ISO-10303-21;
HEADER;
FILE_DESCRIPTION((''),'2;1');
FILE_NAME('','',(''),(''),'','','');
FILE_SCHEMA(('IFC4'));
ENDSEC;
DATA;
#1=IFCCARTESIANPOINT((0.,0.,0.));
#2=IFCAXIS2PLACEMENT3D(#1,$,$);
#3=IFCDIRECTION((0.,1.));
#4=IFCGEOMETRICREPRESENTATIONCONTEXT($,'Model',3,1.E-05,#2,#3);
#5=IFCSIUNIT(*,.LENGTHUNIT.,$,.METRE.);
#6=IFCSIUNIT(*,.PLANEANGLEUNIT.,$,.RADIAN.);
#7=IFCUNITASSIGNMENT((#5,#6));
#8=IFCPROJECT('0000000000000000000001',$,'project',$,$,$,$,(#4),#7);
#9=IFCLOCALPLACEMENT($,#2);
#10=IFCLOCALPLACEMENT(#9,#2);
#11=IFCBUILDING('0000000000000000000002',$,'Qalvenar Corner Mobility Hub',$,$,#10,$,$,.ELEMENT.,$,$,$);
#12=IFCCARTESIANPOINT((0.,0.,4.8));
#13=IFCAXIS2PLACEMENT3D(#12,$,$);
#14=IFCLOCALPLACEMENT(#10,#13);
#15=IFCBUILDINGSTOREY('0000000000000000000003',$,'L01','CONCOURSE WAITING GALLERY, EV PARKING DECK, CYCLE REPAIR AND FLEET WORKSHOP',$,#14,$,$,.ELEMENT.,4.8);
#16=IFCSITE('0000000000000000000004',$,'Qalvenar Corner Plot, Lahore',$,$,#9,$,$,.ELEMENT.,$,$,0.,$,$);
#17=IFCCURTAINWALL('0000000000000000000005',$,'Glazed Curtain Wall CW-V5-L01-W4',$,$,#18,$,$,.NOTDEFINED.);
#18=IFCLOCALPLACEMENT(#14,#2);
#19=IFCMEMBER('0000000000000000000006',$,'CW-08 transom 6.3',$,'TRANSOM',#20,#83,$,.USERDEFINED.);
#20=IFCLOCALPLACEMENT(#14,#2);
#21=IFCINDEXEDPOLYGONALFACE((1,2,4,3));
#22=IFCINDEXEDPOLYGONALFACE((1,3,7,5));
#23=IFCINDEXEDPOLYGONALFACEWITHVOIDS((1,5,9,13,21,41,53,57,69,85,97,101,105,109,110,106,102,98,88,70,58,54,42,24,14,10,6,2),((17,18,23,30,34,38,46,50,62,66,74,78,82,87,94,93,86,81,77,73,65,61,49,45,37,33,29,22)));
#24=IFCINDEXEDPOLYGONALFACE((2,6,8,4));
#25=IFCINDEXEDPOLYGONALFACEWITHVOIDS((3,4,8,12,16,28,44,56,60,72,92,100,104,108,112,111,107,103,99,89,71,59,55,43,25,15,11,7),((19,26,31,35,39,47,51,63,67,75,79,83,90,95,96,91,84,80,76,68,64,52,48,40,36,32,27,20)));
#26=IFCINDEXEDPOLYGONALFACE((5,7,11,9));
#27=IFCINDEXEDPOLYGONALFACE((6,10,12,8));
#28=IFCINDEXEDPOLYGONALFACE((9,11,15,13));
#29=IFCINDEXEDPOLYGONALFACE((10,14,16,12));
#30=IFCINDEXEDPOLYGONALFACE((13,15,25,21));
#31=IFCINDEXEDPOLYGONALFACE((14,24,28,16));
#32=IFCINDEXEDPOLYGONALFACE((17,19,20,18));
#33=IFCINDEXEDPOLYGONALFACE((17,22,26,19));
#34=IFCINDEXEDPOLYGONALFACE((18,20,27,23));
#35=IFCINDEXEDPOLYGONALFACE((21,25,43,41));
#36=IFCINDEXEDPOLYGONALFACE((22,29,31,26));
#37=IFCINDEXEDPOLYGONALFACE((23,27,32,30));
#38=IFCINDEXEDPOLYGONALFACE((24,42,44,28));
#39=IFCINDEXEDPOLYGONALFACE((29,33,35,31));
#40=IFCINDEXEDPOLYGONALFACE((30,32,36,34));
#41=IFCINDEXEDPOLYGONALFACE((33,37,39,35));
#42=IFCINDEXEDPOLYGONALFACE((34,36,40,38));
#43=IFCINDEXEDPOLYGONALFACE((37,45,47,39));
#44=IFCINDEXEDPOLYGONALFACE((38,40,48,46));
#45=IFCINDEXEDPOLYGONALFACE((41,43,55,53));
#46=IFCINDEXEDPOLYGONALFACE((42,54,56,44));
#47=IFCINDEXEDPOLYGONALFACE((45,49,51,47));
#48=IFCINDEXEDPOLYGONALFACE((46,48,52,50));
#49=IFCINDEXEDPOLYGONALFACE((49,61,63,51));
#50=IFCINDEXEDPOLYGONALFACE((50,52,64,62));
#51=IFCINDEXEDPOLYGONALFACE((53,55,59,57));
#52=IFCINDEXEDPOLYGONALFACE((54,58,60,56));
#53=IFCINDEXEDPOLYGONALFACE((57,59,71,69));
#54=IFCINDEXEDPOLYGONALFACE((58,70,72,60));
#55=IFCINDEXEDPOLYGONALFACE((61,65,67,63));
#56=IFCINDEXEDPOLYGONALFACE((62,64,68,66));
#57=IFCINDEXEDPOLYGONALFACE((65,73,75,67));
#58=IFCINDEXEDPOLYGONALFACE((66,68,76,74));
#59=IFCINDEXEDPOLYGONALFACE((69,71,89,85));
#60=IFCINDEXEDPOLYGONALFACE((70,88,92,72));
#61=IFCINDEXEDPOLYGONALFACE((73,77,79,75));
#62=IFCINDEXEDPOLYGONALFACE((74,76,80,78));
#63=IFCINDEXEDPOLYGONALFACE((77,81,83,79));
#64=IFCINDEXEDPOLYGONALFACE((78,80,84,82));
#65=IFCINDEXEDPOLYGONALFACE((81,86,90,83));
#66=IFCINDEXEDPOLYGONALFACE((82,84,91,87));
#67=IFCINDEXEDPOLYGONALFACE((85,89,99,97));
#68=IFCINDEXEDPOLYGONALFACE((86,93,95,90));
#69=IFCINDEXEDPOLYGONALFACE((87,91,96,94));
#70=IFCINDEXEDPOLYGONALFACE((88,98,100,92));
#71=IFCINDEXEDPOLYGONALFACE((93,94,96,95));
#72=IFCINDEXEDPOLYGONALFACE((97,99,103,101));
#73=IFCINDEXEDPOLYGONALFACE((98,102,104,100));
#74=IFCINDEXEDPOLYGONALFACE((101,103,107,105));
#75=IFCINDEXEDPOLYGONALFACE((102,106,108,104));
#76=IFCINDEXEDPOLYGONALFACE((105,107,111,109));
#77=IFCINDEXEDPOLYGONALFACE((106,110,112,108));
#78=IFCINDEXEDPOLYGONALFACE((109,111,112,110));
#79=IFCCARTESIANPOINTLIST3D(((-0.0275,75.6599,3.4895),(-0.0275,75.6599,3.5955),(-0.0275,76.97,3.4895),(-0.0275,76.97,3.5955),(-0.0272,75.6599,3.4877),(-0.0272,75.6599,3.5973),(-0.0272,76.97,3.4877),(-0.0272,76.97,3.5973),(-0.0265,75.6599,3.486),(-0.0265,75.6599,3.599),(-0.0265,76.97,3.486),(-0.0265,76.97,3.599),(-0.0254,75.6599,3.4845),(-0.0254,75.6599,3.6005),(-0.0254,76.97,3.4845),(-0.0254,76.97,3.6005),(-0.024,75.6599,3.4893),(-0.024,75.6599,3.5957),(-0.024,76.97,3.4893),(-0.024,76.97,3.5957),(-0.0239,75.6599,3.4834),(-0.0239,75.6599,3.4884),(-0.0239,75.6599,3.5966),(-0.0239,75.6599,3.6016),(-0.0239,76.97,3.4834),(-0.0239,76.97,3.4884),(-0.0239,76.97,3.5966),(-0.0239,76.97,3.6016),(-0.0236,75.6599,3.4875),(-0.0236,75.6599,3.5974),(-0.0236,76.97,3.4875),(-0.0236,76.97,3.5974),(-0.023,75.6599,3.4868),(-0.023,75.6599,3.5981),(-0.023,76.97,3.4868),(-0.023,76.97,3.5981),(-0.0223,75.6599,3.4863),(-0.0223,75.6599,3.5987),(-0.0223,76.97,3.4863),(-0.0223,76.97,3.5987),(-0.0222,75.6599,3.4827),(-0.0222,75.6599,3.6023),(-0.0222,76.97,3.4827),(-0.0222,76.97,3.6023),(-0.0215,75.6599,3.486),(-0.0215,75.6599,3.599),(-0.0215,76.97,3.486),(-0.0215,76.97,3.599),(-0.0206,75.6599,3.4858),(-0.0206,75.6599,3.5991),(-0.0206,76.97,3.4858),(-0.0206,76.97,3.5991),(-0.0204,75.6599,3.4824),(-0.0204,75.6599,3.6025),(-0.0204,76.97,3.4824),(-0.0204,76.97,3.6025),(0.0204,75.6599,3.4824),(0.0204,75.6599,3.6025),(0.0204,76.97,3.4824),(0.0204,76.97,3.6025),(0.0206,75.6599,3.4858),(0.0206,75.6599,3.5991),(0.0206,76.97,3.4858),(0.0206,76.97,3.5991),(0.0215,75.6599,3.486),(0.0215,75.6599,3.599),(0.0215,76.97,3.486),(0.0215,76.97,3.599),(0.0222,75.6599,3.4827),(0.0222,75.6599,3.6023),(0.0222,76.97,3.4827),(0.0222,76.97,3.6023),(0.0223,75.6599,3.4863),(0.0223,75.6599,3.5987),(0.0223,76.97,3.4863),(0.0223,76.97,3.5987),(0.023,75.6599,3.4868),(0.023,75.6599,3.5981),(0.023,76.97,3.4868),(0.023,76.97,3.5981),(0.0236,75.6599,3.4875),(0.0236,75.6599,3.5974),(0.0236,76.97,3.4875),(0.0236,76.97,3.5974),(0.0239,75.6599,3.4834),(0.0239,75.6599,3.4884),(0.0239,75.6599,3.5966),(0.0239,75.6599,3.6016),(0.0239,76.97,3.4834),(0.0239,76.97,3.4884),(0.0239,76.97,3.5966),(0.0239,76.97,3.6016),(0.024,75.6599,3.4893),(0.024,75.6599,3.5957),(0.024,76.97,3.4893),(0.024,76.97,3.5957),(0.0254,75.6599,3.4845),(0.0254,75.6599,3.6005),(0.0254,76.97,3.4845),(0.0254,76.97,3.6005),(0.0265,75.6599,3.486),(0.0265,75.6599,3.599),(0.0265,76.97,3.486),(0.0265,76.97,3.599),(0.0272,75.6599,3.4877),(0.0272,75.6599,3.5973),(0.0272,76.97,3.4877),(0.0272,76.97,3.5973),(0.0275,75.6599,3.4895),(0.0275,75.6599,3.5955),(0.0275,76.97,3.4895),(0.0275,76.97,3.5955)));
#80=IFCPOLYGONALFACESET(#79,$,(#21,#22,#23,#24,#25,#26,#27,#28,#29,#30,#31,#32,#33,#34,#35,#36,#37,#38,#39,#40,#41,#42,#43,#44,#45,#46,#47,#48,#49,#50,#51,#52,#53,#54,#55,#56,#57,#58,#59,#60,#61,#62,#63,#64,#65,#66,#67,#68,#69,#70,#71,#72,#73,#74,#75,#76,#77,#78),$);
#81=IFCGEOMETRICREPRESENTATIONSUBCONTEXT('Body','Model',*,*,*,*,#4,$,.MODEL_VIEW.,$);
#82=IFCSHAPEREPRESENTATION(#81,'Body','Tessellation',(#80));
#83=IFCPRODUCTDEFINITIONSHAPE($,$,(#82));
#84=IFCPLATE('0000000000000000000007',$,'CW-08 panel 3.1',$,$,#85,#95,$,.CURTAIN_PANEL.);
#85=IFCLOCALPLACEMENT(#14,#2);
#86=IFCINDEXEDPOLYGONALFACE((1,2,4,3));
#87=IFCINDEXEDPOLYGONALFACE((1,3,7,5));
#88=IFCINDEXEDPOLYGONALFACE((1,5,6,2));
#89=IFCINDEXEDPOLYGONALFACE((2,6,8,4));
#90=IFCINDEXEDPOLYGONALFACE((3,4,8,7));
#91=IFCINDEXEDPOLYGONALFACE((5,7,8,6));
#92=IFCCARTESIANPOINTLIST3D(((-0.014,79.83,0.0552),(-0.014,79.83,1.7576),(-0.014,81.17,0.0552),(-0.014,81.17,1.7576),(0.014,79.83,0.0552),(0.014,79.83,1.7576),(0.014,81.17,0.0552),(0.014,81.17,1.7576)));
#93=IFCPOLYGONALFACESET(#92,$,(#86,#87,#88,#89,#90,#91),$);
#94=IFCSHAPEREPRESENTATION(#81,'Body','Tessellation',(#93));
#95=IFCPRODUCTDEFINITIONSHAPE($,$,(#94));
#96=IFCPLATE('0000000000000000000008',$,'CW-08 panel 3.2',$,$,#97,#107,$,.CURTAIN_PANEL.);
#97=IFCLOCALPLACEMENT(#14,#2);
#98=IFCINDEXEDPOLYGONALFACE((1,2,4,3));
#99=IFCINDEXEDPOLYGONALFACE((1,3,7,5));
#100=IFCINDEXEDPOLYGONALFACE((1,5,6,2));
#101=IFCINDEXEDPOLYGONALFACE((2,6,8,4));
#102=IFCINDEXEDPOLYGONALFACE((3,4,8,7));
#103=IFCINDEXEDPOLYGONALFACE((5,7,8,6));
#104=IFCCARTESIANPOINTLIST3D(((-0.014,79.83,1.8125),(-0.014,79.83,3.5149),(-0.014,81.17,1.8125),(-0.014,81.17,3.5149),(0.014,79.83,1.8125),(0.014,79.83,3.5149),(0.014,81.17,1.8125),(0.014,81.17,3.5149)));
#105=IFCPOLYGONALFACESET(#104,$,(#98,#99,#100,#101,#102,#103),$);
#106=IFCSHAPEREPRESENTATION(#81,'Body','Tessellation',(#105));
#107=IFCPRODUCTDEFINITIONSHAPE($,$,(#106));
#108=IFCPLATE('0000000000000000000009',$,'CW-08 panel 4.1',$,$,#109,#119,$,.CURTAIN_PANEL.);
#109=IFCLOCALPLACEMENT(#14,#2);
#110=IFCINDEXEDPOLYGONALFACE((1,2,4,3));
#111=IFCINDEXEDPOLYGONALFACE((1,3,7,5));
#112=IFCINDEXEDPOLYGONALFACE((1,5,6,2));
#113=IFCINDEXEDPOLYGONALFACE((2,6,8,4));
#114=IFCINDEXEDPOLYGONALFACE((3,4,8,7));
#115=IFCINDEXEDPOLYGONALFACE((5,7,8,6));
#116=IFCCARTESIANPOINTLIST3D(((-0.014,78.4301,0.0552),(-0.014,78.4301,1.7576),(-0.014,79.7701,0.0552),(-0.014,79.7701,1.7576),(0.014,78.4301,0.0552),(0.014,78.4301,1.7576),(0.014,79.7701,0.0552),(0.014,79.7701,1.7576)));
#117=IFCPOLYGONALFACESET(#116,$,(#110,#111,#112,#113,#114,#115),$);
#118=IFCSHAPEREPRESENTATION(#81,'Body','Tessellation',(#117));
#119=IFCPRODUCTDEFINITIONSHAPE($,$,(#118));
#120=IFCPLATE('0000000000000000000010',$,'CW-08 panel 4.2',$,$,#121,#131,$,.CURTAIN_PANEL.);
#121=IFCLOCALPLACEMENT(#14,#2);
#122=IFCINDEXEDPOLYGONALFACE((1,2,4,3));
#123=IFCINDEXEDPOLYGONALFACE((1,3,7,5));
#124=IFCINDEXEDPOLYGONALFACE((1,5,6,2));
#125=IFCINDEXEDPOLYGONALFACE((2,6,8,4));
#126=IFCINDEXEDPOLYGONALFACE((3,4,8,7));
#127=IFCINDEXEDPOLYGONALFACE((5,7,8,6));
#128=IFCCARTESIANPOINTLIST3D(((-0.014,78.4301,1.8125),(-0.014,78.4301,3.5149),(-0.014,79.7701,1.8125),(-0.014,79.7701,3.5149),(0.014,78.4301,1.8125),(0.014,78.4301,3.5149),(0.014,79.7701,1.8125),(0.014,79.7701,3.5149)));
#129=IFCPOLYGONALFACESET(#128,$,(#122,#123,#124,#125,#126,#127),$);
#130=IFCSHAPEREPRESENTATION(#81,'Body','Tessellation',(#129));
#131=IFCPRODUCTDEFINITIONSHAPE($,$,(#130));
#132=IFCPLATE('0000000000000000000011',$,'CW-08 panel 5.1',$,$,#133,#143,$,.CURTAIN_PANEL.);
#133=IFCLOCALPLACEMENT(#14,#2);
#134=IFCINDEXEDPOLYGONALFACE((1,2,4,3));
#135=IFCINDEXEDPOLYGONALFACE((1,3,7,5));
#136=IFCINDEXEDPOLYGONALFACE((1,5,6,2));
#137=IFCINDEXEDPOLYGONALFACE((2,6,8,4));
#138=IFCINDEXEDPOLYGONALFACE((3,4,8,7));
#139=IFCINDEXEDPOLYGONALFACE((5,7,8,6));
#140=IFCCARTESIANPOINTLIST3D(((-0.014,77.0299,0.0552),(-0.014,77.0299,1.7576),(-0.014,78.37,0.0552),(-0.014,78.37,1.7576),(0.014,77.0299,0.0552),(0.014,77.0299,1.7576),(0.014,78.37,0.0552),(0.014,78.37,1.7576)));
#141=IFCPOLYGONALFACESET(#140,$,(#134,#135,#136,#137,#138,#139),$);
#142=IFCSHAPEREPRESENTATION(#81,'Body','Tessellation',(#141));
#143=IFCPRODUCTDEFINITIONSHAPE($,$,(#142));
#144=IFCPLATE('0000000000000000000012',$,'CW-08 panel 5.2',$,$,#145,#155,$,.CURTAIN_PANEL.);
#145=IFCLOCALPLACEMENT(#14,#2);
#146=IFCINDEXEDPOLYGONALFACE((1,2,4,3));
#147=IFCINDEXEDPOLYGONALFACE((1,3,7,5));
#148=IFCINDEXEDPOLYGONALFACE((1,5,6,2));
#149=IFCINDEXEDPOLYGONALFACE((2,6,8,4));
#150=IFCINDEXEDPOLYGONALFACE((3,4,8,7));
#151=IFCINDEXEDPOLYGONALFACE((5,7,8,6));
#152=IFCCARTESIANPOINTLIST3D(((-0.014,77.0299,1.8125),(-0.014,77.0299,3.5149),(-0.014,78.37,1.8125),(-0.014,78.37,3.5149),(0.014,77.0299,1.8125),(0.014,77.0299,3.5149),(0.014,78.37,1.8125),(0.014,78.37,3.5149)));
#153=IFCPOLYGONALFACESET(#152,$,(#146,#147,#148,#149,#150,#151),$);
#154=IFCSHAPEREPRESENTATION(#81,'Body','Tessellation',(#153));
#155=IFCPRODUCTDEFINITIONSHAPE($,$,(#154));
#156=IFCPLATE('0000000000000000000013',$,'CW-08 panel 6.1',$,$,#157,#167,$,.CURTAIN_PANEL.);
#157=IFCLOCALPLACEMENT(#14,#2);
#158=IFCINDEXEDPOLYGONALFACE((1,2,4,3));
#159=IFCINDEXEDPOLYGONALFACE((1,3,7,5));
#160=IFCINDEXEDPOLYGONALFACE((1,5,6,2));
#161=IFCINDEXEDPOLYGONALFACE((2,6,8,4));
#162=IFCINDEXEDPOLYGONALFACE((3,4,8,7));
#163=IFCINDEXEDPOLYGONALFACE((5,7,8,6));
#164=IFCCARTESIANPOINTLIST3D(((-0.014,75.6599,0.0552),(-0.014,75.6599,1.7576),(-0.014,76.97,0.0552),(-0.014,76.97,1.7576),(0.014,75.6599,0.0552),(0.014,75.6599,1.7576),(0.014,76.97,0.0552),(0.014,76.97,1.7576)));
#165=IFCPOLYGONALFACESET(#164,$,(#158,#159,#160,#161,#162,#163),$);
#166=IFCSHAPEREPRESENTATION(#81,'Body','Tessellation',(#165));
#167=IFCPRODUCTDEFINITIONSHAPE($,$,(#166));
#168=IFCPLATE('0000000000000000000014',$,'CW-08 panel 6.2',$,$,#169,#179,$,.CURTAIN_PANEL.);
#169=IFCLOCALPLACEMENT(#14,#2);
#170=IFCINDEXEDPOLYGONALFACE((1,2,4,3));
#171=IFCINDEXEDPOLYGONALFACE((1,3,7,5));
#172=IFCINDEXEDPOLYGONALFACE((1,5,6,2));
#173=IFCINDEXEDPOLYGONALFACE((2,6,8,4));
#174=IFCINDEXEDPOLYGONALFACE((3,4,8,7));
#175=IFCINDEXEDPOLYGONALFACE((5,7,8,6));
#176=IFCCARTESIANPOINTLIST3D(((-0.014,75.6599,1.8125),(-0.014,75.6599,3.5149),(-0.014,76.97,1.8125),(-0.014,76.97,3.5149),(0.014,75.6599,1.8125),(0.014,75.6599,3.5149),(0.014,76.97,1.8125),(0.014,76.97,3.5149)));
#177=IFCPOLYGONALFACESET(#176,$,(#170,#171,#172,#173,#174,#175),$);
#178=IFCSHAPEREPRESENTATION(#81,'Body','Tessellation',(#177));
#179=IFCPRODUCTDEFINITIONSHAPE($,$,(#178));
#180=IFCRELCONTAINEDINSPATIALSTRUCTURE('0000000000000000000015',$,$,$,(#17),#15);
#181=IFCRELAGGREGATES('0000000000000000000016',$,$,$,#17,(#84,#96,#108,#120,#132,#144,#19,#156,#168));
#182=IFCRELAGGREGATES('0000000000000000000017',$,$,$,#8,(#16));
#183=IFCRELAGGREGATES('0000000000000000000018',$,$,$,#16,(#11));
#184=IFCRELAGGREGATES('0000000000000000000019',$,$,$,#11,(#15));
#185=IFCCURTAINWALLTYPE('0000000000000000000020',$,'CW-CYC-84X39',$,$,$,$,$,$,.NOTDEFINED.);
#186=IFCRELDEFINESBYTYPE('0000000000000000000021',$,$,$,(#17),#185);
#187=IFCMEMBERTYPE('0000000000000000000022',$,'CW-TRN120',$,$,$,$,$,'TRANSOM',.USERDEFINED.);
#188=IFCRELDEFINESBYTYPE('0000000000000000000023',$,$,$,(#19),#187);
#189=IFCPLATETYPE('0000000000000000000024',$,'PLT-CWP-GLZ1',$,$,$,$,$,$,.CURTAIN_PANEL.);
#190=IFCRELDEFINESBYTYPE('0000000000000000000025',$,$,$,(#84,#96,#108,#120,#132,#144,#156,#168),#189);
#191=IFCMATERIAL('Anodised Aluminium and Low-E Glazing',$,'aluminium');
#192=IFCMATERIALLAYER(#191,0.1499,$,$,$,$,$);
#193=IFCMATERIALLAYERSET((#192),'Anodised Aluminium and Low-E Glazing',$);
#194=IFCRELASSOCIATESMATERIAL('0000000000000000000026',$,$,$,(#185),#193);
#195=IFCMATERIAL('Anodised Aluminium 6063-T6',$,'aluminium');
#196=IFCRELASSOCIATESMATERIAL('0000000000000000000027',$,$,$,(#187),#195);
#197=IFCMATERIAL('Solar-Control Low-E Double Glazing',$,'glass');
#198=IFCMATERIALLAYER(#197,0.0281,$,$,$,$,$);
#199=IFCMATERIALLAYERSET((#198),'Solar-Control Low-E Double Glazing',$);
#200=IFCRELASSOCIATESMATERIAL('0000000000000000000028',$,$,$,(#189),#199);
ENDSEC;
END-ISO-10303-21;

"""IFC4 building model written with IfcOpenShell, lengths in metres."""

from ifc_helpers import new_model, si_unit, direction, frame, origin, origin_2d, place, context, subcontext, project, spatial, rectangle, hollow_rectangle, extrude, material, layer, layer_set, material_profile, profile_set, type_object, element, aggregate, save


model = new_model("IFC4")

# Units and contexts
model_context = context("Model", 3, precision=1e-05, world=origin(), true_north=direction((0.0, 1.0)))
body_context = subcontext(model_context, "Body", "Model", "MODEL_VIEW")
ifc_project = project(units=[si_unit("LENGTHUNIT", "METRE"), si_unit("PLANEANGLEUNIT", "RADIAN")], contexts=[model_context])

# Site, building, storey
site_placement = place(None, origin())
site = spatial("IfcSite", under=ifc_project, at=site_placement, Name="Qalvenar Corner Plot, Lahore", CompositionType="ELEMENT", RefElevation=0.0)
building_placement = place(site_placement, origin())
building = spatial("IfcBuilding", under=site, at=building_placement, Name="Qalvenar Corner Mobility Hub", CompositionType="ELEMENT")
storey_placement = place(building_placement, frame((0.0, 0.0, 4.8)))
storey = spatial("IfcBuildingStorey", under=building, at=storey_placement, Name="L01", Description="CONCOURSE WAITING GALLERY, EV PARKING DECK, CYCLE REPAIR AND FLEET WORKSHOP", CompositionType="ELEMENT", Elevation=4.8)

# Curtain wall, member, plates
ifc_material_1 = material(Name="Anodised Aluminium and Low-E Glazing", Category="aluminium")
ifc_layer_1 = layer(ifc_material_1, 0.1499)
ifc_layer_set_1 = layer_set([ifc_layer_1], Name="Anodised Aluminium and Low-E Glazing")
curtain_wall_type = type_object("IfcCurtainWallType", Name="CW-CYC-84X39", PredefinedType="NOTDEFINED", material=ifc_layer_set_1)
curtain_wall_placement = place(storey_placement, origin())
curtain_wall = element("IfcCurtainWall", 1, at=curtain_wall_placement, inside=storey, type_object=curtain_wall_type, Name="Glazed Curtain Wall CW-V5-L01-W4", PredefinedType="NOTDEFINED")
ifc_material_2 = material(Name="Anodised Aluminium 6063-T6", Category="aluminium")
ifc_material_profile_1 = material_profile(ifc_material_2, hollow_rectangle(XDim=0.0549, YDim=0.1201, WallThickness=0.0034, InnerFilletRadius=0.0034, OuterFilletRadius=0.0071, at=origin_2d()), Name="RHS120x55x3.5")
ifc_profile_set_1 = profile_set([ifc_material_profile_1], Name="Anodised Aluminium 6063-T6")
member_type_1 = type_object("IfcMemberType", Name="CW-TRN120", ElementType="TRANSOM", PredefinedType="USERDEFINED", material=ifc_profile_set_1)
member_1_placement = place(storey_placement, frame((0.0, 76.97, 3.5425), z_axis=(0.0, -1.0, 0.0), x_axis=(1.0, 0.0, 0.0)))
member_1 = element("IfcMember", 2, at=member_1_placement, type_object=member_type_1, Name="CW-08 transom 6.3", ObjectType="TRANSOM", PredefinedType="USERDEFINED", context=body_context, shape_type="SweptSolid", body=[
    extrude(hollow_rectangle(XDim=0.0549, YDim=0.1201, WallThickness=0.0034, InnerFilletRadius=0.0034, OuterFilletRadius=0.0071, at=origin_2d()), origin(), (0.0, 0.0, 1.0), 1.3101),
])
ifc_material_3 = material(Name="Solar-Control Low-E Double Glazing", Category="glass")
ifc_layer_2 = layer(ifc_material_3, 0.0281)
ifc_layer_set_2 = layer_set([ifc_layer_2], Name="Solar-Control Low-E Double Glazing")
plate_type = type_object("IfcPlateType", Name="PLT-CWP-GLZ1", PredefinedType="CURTAIN_PANEL", material=ifc_layer_set_2)
plate_1_placement = place(storey_placement, frame((0.0, 80.5, 0.0552), z_axis=(0.0, 0.0, 1.0), x_axis=(0.0, -1.0, 0.0)))
plate_1 = element("IfcPlate", 3, at=plate_1_placement, type_object=plate_type, Name="CW-08 panel 3.1", PredefinedType="CURTAIN_PANEL", context=body_context, shape_type="SweptSolid", body=[
    extrude(rectangle(XDim=1.3401, YDim=0.0281, at=origin_2d()), origin(), (0.0, 0.0, 1.0), 1.7024),
])
plate_2_placement = place(storey_placement, frame((0.0, 80.5, 1.8125), z_axis=(0.0, 0.0, 1.0), x_axis=(0.0, -1.0, 0.0)))
plate_2 = element("IfcPlate", 4, at=plate_2_placement, type_object=plate_type, Name="CW-08 panel 3.2", PredefinedType="CURTAIN_PANEL", context=body_context, shape_type="SweptSolid", body=[
    extrude(rectangle(XDim=1.3401, YDim=0.0281, at=origin_2d()), origin(), (0.0, 0.0, 1.0), 1.7024),
])
plate_3_placement = place(storey_placement, frame((0.0, 79.1001, 0.0552), z_axis=(0.0, 0.0, 1.0), x_axis=(0.0, -1.0, 0.0)))
plate_3 = element("IfcPlate", 5, at=plate_3_placement, type_object=plate_type, Name="CW-08 panel 4.1", PredefinedType="CURTAIN_PANEL", context=body_context, shape_type="SweptSolid", body=[
    extrude(rectangle(XDim=1.3401, YDim=0.0281, at=origin_2d()), origin(), (0.0, 0.0, 1.0), 1.7024),
])
plate_4_placement = place(storey_placement, frame((0.0, 79.1001, 1.8125), z_axis=(0.0, 0.0, 1.0), x_axis=(0.0, -1.0, 0.0)))
plate_4 = element("IfcPlate", 6, at=plate_4_placement, type_object=plate_type, Name="CW-08 panel 4.2", PredefinedType="CURTAIN_PANEL", context=body_context, shape_type="SweptSolid", body=[
    extrude(rectangle(XDim=1.3401, YDim=0.0281, at=origin_2d()), origin(), (0.0, 0.0, 1.0), 1.7024),
])
plate_5_placement = place(storey_placement, frame((0.0, 77.7, 0.0552), z_axis=(0.0, 0.0, 1.0), x_axis=(0.0, -1.0, 0.0)))
plate_5 = element("IfcPlate", 7, at=plate_5_placement, type_object=plate_type, Name="CW-08 panel 5.1", PredefinedType="CURTAIN_PANEL", context=body_context, shape_type="SweptSolid", body=[
    extrude(rectangle(XDim=1.3401, YDim=0.0281, at=origin_2d()), origin(), (0.0, 0.0, 1.0), 1.7024),
])
plate_6_placement = place(storey_placement, frame((0.0, 77.7, 1.8125), z_axis=(0.0, 0.0, 1.0), x_axis=(0.0, -1.0, 0.0)))
plate_6 = element("IfcPlate", 8, at=plate_6_placement, type_object=plate_type, Name="CW-08 panel 5.2", PredefinedType="CURTAIN_PANEL", context=body_context, shape_type="SweptSolid", body=[
    extrude(rectangle(XDim=1.3401, YDim=0.0281, at=origin_2d()), origin(), (0.0, 0.0, 1.0), 1.7024),
])
plate_7_placement = place(storey_placement, frame((0.0, 76.3149, 0.0552), z_axis=(0.0, 0.0, 1.0), x_axis=(0.0, -1.0, 0.0)))
plate_7 = element("IfcPlate", 9, at=plate_7_placement, type_object=plate_type, Name="CW-08 panel 6.1", PredefinedType="CURTAIN_PANEL", context=body_context, shape_type="SweptSolid", body=[
    extrude(rectangle(XDim=1.3101, YDim=0.0281, at=origin_2d()), origin(), (0.0, 0.0, 1.0), 1.7024),
])
plate_8_placement = place(storey_placement, frame((0.0, 76.3149, 1.8125), z_axis=(0.0, 0.0, 1.0), x_axis=(0.0, -1.0, 0.0)))
plate_8 = element("IfcPlate", 10, at=plate_8_placement, type_object=plate_type, Name="CW-08 panel 6.2", PredefinedType="CURTAIN_PANEL", context=body_context, shape_type="SweptSolid", body=[
    extrude(rectangle(XDim=1.3101, YDim=0.0281, at=origin_2d()), origin(), (0.0, 0.0, 1.0), 1.7024),
])
aggregate(curtain_wall, [plate_1, plate_2, plate_3, plate_4, plate_5, plate_6, member_1, plate_7, plate_8])

save(model, "model.ifc")
